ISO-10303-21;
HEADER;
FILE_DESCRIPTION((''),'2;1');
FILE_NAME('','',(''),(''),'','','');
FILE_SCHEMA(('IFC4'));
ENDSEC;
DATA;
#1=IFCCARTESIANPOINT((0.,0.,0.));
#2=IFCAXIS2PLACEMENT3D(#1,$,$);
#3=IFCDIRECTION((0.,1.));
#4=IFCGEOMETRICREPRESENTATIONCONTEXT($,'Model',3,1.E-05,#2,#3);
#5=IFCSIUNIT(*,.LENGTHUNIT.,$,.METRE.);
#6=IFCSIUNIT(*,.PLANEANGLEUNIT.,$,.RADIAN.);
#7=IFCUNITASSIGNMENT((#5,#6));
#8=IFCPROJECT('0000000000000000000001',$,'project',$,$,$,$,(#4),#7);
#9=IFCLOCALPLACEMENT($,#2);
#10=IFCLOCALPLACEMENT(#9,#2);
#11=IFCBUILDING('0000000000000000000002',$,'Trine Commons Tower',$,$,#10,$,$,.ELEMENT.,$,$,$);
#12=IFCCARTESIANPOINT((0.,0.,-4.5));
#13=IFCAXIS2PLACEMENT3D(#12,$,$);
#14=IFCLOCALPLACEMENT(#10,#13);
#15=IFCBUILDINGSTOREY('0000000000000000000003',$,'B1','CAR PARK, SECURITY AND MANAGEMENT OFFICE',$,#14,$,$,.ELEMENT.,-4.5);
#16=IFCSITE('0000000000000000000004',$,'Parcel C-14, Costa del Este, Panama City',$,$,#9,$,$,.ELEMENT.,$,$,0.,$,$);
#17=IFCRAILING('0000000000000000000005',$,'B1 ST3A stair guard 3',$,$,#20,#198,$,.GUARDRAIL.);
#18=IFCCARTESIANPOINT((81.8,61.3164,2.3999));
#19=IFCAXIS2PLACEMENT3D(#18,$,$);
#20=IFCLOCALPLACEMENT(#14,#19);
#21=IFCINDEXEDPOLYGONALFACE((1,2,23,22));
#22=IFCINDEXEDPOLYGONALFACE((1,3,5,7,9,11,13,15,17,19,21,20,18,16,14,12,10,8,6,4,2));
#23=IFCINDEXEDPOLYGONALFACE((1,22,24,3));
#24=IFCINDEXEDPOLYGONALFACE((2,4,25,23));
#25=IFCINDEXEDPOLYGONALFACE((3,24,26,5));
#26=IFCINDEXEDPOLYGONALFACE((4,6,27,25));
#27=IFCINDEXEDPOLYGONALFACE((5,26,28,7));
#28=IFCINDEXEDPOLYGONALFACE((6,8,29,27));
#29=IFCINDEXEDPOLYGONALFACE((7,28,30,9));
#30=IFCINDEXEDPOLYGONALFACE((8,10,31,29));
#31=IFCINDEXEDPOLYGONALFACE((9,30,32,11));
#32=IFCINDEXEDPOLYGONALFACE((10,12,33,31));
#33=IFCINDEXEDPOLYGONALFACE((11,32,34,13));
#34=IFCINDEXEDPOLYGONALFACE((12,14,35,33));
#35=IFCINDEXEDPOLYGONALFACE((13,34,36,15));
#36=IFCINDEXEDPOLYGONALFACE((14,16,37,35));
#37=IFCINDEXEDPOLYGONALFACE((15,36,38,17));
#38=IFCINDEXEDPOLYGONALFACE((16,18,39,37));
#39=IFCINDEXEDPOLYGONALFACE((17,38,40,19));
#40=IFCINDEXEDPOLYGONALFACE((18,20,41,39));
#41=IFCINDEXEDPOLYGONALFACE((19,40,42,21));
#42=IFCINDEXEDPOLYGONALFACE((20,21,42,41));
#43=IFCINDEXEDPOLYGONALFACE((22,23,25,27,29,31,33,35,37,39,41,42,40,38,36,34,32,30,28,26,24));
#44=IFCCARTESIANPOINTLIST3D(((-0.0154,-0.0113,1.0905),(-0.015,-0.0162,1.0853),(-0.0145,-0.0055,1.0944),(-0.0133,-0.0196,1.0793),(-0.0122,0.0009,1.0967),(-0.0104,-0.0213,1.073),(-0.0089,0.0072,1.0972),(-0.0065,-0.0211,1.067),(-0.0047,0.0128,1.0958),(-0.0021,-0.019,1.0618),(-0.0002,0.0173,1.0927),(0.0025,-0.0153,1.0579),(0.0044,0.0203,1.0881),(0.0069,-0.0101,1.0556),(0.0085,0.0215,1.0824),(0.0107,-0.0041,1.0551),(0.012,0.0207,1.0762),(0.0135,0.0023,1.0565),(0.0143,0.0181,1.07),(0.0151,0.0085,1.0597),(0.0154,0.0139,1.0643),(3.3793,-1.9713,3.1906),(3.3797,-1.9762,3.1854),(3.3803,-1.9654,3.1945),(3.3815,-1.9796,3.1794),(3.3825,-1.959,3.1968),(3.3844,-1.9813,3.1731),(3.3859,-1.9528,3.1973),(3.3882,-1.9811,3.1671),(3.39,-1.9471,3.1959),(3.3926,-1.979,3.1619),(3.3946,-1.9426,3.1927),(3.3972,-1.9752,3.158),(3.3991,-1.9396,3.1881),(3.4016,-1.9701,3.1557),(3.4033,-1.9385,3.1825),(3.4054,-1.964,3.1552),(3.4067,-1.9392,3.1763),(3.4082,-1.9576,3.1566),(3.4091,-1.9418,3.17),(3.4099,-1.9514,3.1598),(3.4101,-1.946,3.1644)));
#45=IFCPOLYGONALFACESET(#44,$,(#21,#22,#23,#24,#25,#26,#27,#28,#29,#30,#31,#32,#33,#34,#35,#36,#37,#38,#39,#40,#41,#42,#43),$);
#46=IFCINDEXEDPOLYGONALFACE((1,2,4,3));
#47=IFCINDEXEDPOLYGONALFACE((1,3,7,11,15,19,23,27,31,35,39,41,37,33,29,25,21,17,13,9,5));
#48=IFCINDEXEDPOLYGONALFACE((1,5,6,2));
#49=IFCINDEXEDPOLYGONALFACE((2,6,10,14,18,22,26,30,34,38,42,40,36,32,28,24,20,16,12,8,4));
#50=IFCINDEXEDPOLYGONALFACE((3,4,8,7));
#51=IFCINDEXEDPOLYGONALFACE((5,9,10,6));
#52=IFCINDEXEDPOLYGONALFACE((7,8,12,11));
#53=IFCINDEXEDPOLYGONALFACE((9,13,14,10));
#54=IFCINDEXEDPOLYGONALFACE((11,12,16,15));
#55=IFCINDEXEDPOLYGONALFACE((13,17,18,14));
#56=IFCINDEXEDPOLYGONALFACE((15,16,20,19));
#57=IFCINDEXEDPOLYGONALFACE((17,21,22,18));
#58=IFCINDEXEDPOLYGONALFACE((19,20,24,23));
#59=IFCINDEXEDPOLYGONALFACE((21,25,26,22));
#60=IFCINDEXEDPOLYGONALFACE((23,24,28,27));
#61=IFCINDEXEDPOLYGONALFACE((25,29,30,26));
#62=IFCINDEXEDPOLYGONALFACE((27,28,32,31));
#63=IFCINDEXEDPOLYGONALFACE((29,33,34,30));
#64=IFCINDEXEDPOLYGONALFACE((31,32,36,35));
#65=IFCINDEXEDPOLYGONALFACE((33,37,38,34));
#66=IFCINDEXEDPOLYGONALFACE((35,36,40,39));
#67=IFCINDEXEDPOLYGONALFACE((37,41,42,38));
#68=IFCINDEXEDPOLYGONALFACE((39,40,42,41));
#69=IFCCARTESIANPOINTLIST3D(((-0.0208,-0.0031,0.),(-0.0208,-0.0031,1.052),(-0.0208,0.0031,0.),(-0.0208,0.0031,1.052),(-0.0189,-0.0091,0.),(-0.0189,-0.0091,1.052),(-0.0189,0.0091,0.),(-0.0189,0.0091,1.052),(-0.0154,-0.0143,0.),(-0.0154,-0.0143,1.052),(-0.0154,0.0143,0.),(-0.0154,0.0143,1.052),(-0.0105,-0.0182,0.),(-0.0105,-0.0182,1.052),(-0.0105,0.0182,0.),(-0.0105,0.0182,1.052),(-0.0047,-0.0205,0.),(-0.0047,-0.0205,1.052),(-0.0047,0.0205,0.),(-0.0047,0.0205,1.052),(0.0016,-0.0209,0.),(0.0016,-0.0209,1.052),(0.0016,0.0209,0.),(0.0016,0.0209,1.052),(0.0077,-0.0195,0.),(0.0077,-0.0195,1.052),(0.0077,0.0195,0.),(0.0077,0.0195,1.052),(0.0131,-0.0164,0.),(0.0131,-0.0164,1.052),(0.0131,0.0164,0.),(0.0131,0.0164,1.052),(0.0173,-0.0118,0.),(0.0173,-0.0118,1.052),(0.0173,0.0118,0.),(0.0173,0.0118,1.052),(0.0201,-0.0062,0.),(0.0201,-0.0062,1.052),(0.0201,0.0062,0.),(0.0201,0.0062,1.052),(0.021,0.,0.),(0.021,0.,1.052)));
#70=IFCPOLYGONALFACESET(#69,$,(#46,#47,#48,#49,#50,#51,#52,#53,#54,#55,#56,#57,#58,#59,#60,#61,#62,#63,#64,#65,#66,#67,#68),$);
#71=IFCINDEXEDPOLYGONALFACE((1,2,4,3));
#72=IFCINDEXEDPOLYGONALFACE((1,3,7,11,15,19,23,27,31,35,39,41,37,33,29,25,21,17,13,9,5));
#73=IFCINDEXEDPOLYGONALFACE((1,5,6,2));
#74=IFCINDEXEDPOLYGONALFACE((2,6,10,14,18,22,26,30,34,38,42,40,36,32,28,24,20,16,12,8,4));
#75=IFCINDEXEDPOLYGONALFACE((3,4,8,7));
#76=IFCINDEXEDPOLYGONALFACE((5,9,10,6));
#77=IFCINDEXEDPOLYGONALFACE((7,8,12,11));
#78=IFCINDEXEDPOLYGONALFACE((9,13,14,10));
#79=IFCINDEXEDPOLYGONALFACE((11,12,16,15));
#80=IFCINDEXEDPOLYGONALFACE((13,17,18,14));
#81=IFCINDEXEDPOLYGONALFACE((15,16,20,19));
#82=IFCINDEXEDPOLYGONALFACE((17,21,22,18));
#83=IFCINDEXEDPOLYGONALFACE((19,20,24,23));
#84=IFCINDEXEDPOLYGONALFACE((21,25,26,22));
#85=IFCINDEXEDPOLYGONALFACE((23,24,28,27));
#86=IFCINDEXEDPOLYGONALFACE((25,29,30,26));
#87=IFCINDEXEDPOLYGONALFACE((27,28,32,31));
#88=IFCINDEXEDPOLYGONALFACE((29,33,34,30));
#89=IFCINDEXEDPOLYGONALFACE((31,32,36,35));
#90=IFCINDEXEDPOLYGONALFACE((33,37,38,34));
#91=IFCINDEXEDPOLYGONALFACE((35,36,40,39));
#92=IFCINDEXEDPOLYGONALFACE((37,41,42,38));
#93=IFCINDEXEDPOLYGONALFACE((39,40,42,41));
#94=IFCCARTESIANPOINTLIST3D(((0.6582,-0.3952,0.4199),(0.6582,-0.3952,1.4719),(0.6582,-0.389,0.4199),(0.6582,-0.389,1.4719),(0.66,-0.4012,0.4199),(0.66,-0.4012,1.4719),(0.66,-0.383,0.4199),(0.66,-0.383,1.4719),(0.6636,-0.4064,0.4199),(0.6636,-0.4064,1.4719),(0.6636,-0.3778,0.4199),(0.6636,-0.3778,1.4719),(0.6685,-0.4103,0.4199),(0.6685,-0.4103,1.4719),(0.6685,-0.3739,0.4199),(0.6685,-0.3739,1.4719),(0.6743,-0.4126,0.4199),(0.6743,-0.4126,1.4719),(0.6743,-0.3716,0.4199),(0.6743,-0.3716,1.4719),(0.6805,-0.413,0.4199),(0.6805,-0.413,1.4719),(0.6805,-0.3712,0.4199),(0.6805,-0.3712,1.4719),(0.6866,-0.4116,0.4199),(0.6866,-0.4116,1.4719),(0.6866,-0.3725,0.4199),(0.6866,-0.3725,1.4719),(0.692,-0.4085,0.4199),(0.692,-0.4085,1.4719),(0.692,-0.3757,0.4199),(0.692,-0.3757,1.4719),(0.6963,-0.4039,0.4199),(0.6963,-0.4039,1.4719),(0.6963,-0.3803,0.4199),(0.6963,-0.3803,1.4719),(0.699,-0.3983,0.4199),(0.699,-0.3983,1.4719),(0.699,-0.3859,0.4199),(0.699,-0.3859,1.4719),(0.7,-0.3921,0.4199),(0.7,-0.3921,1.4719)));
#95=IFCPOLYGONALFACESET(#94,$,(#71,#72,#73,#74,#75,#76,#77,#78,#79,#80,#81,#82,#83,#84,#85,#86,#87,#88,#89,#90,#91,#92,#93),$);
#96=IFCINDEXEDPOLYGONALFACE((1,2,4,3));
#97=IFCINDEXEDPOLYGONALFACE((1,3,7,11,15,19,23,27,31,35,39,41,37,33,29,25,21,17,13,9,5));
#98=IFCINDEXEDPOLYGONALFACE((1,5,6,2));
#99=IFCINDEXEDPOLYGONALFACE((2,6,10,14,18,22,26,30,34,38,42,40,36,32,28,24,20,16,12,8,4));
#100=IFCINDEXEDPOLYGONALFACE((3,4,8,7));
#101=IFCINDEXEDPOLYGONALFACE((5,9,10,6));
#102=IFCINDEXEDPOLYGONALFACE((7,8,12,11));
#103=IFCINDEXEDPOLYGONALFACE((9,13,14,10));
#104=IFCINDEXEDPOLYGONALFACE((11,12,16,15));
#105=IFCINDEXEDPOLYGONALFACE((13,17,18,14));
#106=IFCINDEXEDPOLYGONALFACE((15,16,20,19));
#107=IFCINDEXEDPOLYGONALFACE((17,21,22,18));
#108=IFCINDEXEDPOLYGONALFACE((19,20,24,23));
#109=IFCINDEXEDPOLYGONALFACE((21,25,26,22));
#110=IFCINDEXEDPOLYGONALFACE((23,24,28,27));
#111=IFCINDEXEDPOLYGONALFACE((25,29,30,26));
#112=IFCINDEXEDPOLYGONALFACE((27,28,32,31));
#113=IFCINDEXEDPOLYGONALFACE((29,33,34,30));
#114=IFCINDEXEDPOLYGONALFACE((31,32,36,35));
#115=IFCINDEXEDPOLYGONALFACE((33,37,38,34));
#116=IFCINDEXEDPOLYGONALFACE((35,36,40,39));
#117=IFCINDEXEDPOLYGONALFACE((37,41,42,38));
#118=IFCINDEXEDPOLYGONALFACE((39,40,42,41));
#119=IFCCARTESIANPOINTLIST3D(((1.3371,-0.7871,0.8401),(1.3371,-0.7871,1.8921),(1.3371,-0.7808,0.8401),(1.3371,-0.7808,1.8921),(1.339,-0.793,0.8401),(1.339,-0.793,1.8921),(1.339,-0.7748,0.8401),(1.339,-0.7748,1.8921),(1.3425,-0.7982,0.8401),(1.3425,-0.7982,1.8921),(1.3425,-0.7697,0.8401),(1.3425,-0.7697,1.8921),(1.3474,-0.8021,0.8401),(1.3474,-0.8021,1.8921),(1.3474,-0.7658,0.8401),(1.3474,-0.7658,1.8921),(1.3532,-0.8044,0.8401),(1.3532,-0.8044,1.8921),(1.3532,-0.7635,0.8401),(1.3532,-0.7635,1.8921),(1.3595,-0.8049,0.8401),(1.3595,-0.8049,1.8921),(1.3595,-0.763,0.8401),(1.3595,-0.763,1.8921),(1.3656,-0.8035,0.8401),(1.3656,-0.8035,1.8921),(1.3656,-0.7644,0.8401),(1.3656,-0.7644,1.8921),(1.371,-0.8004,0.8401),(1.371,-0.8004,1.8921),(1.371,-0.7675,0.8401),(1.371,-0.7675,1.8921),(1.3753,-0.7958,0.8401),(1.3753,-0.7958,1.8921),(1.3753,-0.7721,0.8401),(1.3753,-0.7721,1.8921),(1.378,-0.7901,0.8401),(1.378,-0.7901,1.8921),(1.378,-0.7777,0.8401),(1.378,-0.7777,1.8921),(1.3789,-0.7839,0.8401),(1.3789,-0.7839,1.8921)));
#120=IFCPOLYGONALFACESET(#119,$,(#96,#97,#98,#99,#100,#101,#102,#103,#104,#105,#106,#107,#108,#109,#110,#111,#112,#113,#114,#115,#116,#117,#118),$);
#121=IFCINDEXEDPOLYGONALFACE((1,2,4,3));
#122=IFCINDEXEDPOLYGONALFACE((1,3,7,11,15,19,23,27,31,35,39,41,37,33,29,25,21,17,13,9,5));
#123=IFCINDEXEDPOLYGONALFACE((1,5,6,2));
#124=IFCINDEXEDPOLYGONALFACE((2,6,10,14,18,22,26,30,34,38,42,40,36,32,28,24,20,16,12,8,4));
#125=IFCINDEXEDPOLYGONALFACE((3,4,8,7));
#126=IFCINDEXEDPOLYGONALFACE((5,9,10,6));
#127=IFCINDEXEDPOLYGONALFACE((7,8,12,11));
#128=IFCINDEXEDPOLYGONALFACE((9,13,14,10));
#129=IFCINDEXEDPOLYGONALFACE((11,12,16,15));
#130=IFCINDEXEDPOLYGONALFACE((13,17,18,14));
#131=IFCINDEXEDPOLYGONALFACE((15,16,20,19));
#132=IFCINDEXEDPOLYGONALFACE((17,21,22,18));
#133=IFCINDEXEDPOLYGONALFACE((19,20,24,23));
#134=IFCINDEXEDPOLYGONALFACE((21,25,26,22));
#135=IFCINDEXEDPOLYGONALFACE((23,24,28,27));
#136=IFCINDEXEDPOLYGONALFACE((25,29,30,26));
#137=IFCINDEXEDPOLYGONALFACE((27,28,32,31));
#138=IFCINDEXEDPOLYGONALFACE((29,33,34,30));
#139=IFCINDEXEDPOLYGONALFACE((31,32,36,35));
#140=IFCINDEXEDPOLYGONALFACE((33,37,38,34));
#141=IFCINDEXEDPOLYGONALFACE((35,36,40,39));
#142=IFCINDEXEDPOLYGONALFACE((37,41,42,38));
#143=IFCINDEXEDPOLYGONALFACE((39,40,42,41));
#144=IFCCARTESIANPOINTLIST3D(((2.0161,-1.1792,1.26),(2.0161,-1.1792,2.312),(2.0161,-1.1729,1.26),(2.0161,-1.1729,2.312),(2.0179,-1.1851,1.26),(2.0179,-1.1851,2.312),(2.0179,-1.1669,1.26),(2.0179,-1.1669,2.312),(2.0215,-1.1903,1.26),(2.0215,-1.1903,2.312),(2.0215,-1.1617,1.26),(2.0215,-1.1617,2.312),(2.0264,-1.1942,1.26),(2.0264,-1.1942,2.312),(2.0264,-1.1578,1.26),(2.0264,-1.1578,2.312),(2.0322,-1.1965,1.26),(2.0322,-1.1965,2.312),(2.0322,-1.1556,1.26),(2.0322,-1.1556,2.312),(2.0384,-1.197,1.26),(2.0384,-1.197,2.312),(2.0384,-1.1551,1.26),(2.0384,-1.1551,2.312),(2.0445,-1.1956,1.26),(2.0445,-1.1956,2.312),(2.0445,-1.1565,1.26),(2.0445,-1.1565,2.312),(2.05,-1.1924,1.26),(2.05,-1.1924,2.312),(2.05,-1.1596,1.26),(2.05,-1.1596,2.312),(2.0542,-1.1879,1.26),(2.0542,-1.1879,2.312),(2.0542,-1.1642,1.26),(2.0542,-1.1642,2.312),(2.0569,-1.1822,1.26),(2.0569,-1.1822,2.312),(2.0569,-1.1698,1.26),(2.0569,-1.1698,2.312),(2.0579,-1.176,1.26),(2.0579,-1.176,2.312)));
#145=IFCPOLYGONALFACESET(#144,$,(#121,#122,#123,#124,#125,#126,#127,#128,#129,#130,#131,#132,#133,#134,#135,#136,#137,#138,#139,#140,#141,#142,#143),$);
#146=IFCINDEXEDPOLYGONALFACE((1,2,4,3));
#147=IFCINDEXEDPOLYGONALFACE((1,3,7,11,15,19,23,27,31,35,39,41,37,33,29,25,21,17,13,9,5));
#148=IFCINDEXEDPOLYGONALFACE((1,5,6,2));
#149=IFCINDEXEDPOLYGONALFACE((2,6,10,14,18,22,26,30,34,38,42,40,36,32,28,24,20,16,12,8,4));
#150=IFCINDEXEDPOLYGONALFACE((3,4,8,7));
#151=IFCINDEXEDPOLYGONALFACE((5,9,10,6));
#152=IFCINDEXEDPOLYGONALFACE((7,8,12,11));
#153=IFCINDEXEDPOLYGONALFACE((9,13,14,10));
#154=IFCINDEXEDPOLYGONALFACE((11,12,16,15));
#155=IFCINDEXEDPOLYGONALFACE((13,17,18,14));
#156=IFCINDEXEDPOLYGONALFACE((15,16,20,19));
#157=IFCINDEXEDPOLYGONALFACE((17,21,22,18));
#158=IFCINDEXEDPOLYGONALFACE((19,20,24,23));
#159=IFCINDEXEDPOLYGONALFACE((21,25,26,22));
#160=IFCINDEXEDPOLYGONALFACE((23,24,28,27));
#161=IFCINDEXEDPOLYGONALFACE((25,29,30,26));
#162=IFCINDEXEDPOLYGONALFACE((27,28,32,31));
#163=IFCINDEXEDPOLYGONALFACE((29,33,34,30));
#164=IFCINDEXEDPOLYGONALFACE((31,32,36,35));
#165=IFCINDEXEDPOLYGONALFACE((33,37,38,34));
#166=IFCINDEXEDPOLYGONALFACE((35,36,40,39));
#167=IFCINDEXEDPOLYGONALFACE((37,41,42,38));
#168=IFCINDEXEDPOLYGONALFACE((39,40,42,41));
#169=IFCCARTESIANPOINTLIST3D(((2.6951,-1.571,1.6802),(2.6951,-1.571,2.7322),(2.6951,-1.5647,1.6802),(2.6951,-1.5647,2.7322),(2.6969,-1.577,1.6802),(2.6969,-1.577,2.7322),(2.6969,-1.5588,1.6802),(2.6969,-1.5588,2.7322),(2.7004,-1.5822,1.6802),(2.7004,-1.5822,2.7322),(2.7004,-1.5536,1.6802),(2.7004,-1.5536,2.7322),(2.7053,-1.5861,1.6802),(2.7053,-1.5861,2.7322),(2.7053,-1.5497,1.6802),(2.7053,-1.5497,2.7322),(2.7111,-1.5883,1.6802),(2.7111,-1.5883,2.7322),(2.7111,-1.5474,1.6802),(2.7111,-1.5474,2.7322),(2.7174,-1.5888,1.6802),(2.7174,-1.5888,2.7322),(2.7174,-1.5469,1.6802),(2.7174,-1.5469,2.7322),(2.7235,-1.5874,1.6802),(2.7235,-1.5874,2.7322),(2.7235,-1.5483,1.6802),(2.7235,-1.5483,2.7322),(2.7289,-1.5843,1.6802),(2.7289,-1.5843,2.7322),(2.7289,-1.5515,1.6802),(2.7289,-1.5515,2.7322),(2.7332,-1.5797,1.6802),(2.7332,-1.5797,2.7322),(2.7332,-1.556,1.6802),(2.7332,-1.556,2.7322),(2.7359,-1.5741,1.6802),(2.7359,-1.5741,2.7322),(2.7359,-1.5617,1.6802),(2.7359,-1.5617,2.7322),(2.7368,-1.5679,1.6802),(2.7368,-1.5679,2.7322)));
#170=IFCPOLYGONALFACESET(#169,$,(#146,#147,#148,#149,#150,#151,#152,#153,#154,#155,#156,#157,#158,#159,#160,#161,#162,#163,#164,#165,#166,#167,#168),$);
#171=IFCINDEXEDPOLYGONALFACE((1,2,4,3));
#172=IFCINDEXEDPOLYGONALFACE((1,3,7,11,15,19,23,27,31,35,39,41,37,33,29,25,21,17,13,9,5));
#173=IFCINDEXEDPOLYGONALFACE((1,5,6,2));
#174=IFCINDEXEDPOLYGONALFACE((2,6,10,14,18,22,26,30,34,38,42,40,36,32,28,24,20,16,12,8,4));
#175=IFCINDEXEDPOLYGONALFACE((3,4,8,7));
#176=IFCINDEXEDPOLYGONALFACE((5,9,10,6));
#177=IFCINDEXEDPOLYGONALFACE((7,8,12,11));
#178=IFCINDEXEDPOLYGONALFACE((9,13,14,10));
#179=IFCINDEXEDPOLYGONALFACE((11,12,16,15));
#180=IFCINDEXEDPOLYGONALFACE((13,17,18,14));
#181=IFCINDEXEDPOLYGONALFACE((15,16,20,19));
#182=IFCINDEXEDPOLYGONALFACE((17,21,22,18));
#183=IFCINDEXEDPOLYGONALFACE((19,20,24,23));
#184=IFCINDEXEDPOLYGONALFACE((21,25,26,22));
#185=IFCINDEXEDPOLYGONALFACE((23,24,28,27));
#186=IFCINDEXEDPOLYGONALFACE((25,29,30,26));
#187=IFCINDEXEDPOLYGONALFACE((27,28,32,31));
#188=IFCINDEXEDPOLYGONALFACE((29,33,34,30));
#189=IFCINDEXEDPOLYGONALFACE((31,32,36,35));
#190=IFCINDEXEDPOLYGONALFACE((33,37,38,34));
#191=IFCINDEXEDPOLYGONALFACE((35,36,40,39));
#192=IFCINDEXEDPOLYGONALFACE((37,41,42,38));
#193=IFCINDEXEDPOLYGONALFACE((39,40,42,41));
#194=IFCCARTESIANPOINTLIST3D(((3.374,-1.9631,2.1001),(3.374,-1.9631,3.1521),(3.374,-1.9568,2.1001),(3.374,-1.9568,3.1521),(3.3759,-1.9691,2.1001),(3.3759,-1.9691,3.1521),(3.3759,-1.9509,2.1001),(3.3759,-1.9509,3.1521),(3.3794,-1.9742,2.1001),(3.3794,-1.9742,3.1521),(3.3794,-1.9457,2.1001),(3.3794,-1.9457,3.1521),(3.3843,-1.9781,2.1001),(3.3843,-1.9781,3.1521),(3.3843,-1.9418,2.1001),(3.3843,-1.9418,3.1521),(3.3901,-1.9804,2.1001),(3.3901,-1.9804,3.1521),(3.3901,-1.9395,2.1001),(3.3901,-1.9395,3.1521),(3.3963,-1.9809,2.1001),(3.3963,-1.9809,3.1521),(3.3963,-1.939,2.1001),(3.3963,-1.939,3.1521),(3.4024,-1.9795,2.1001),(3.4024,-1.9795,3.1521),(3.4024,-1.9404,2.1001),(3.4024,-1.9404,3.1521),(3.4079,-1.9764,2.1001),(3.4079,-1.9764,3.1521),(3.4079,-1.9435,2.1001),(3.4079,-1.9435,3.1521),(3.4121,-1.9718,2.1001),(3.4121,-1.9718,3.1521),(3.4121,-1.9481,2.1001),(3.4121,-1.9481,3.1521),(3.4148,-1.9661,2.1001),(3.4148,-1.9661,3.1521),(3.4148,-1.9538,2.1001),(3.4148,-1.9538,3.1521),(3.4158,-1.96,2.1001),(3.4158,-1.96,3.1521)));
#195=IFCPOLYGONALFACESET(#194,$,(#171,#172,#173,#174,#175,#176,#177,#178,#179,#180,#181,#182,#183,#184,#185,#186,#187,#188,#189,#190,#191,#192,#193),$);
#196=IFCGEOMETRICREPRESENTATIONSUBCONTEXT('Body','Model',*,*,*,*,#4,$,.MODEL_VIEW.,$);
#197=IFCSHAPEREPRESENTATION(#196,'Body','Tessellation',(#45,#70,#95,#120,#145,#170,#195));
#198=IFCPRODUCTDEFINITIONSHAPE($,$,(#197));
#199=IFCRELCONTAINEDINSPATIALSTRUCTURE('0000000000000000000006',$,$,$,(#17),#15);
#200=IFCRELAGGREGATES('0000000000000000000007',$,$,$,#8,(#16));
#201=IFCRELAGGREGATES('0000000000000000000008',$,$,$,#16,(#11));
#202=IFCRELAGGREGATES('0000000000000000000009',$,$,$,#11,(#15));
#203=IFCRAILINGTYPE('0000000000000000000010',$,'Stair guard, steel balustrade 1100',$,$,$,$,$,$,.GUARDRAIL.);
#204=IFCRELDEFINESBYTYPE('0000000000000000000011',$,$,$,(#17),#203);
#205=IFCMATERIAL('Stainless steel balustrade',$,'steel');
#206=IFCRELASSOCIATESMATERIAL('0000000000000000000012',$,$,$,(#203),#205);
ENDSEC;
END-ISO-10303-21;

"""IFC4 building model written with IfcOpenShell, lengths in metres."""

from ifc_helpers import new_model, si_unit, direction, frame, origin, origin_2d, place, context, subcontext, project, spatial, circle, extrude, material, type_object, element, save


model = new_model("IFC4")

# Units and contexts
model_context = context("Model", 3, precision=1e-05, world=origin(), true_north=direction((0.0, 1.0)))
body_context = subcontext(model_context, "Body", "Model", "MODEL_VIEW")
ifc_project = project(units=[si_unit("LENGTHUNIT", "METRE"), si_unit("PLANEANGLEUNIT", "RADIAN")], contexts=[model_context])

# Site, building, storey
site_placement = place(None, origin())
site = spatial("IfcSite", under=ifc_project, at=site_placement, Name="Parcel C-14, Costa del Este, Panama City", CompositionType="ELEMENT", RefElevation=0.0)
building_placement = place(site_placement, origin())
building = spatial("IfcBuilding", under=site, at=building_placement, Name="Trine Commons Tower", CompositionType="ELEMENT")
storey_placement = place(building_placement, frame((0.0, 0.0, -4.5)))
storey = spatial("IfcBuildingStorey", under=building, at=storey_placement, Name="B1", Description="CAR PARK, SECURITY AND MANAGEMENT OFFICE", CompositionType="ELEMENT", Elevation=-4.5)

# Railing
ifc_material_1 = material(Name="Stainless steel balustrade", Category="steel")
railing_type_1 = type_object("IfcRailingType", Name="Stair guard, steel balustrade 1100", PredefinedType="GUARDRAIL", material=ifc_material_1)
railing_1_placement = place(storey_placement, frame((81.8, 61.3164, 2.3999)))
element("IfcRailing", 1, at=railing_1_placement, inside=storey, type_object=railing_type_1, Name="B1 ST3A stair guard 3", PredefinedType="GUARDRAIL", context=body_context, shape_type="SweptSolid", body=[
    extrude(circle(Radius=0.0239, at=origin_2d()), frame((0.0, 0.0, 1.0762), z_axis=(0.763375, -0.440732, 0.472244), x_axis=(0.499997, 0.866027, 0.0)), (0.0, 0.0, 1.0), 4.447),
    extrude(circle(Radius=0.021, at=origin_2d()), origin(), (0.0, 0.0, 1.0), 1.052),
    extrude(circle(Radius=0.021, at=origin_2d()), frame((0.679, -0.3921, 0.4199)), (0.0, 0.0, 1.0), 1.052),
    extrude(circle(Radius=0.021, at=origin_2d()), frame((1.3579, -0.7839, 0.8401)), (0.0, 0.0, 1.0), 1.052),
    extrude(circle(Radius=0.021, at=origin_2d()), frame((2.0369, -1.176, 1.26)), (0.0, 0.0, 1.0), 1.052),
    extrude(circle(Radius=0.021, at=origin_2d()), frame((2.7158, -1.5679, 1.6802)), (0.0, 0.0, 1.0), 1.052),
    extrude(circle(Radius=0.021, at=origin_2d()), frame((3.3948, -1.96, 2.1001)), (0.0, 0.0, 1.0), 1.052),
])

save(model, "model.ifc")
